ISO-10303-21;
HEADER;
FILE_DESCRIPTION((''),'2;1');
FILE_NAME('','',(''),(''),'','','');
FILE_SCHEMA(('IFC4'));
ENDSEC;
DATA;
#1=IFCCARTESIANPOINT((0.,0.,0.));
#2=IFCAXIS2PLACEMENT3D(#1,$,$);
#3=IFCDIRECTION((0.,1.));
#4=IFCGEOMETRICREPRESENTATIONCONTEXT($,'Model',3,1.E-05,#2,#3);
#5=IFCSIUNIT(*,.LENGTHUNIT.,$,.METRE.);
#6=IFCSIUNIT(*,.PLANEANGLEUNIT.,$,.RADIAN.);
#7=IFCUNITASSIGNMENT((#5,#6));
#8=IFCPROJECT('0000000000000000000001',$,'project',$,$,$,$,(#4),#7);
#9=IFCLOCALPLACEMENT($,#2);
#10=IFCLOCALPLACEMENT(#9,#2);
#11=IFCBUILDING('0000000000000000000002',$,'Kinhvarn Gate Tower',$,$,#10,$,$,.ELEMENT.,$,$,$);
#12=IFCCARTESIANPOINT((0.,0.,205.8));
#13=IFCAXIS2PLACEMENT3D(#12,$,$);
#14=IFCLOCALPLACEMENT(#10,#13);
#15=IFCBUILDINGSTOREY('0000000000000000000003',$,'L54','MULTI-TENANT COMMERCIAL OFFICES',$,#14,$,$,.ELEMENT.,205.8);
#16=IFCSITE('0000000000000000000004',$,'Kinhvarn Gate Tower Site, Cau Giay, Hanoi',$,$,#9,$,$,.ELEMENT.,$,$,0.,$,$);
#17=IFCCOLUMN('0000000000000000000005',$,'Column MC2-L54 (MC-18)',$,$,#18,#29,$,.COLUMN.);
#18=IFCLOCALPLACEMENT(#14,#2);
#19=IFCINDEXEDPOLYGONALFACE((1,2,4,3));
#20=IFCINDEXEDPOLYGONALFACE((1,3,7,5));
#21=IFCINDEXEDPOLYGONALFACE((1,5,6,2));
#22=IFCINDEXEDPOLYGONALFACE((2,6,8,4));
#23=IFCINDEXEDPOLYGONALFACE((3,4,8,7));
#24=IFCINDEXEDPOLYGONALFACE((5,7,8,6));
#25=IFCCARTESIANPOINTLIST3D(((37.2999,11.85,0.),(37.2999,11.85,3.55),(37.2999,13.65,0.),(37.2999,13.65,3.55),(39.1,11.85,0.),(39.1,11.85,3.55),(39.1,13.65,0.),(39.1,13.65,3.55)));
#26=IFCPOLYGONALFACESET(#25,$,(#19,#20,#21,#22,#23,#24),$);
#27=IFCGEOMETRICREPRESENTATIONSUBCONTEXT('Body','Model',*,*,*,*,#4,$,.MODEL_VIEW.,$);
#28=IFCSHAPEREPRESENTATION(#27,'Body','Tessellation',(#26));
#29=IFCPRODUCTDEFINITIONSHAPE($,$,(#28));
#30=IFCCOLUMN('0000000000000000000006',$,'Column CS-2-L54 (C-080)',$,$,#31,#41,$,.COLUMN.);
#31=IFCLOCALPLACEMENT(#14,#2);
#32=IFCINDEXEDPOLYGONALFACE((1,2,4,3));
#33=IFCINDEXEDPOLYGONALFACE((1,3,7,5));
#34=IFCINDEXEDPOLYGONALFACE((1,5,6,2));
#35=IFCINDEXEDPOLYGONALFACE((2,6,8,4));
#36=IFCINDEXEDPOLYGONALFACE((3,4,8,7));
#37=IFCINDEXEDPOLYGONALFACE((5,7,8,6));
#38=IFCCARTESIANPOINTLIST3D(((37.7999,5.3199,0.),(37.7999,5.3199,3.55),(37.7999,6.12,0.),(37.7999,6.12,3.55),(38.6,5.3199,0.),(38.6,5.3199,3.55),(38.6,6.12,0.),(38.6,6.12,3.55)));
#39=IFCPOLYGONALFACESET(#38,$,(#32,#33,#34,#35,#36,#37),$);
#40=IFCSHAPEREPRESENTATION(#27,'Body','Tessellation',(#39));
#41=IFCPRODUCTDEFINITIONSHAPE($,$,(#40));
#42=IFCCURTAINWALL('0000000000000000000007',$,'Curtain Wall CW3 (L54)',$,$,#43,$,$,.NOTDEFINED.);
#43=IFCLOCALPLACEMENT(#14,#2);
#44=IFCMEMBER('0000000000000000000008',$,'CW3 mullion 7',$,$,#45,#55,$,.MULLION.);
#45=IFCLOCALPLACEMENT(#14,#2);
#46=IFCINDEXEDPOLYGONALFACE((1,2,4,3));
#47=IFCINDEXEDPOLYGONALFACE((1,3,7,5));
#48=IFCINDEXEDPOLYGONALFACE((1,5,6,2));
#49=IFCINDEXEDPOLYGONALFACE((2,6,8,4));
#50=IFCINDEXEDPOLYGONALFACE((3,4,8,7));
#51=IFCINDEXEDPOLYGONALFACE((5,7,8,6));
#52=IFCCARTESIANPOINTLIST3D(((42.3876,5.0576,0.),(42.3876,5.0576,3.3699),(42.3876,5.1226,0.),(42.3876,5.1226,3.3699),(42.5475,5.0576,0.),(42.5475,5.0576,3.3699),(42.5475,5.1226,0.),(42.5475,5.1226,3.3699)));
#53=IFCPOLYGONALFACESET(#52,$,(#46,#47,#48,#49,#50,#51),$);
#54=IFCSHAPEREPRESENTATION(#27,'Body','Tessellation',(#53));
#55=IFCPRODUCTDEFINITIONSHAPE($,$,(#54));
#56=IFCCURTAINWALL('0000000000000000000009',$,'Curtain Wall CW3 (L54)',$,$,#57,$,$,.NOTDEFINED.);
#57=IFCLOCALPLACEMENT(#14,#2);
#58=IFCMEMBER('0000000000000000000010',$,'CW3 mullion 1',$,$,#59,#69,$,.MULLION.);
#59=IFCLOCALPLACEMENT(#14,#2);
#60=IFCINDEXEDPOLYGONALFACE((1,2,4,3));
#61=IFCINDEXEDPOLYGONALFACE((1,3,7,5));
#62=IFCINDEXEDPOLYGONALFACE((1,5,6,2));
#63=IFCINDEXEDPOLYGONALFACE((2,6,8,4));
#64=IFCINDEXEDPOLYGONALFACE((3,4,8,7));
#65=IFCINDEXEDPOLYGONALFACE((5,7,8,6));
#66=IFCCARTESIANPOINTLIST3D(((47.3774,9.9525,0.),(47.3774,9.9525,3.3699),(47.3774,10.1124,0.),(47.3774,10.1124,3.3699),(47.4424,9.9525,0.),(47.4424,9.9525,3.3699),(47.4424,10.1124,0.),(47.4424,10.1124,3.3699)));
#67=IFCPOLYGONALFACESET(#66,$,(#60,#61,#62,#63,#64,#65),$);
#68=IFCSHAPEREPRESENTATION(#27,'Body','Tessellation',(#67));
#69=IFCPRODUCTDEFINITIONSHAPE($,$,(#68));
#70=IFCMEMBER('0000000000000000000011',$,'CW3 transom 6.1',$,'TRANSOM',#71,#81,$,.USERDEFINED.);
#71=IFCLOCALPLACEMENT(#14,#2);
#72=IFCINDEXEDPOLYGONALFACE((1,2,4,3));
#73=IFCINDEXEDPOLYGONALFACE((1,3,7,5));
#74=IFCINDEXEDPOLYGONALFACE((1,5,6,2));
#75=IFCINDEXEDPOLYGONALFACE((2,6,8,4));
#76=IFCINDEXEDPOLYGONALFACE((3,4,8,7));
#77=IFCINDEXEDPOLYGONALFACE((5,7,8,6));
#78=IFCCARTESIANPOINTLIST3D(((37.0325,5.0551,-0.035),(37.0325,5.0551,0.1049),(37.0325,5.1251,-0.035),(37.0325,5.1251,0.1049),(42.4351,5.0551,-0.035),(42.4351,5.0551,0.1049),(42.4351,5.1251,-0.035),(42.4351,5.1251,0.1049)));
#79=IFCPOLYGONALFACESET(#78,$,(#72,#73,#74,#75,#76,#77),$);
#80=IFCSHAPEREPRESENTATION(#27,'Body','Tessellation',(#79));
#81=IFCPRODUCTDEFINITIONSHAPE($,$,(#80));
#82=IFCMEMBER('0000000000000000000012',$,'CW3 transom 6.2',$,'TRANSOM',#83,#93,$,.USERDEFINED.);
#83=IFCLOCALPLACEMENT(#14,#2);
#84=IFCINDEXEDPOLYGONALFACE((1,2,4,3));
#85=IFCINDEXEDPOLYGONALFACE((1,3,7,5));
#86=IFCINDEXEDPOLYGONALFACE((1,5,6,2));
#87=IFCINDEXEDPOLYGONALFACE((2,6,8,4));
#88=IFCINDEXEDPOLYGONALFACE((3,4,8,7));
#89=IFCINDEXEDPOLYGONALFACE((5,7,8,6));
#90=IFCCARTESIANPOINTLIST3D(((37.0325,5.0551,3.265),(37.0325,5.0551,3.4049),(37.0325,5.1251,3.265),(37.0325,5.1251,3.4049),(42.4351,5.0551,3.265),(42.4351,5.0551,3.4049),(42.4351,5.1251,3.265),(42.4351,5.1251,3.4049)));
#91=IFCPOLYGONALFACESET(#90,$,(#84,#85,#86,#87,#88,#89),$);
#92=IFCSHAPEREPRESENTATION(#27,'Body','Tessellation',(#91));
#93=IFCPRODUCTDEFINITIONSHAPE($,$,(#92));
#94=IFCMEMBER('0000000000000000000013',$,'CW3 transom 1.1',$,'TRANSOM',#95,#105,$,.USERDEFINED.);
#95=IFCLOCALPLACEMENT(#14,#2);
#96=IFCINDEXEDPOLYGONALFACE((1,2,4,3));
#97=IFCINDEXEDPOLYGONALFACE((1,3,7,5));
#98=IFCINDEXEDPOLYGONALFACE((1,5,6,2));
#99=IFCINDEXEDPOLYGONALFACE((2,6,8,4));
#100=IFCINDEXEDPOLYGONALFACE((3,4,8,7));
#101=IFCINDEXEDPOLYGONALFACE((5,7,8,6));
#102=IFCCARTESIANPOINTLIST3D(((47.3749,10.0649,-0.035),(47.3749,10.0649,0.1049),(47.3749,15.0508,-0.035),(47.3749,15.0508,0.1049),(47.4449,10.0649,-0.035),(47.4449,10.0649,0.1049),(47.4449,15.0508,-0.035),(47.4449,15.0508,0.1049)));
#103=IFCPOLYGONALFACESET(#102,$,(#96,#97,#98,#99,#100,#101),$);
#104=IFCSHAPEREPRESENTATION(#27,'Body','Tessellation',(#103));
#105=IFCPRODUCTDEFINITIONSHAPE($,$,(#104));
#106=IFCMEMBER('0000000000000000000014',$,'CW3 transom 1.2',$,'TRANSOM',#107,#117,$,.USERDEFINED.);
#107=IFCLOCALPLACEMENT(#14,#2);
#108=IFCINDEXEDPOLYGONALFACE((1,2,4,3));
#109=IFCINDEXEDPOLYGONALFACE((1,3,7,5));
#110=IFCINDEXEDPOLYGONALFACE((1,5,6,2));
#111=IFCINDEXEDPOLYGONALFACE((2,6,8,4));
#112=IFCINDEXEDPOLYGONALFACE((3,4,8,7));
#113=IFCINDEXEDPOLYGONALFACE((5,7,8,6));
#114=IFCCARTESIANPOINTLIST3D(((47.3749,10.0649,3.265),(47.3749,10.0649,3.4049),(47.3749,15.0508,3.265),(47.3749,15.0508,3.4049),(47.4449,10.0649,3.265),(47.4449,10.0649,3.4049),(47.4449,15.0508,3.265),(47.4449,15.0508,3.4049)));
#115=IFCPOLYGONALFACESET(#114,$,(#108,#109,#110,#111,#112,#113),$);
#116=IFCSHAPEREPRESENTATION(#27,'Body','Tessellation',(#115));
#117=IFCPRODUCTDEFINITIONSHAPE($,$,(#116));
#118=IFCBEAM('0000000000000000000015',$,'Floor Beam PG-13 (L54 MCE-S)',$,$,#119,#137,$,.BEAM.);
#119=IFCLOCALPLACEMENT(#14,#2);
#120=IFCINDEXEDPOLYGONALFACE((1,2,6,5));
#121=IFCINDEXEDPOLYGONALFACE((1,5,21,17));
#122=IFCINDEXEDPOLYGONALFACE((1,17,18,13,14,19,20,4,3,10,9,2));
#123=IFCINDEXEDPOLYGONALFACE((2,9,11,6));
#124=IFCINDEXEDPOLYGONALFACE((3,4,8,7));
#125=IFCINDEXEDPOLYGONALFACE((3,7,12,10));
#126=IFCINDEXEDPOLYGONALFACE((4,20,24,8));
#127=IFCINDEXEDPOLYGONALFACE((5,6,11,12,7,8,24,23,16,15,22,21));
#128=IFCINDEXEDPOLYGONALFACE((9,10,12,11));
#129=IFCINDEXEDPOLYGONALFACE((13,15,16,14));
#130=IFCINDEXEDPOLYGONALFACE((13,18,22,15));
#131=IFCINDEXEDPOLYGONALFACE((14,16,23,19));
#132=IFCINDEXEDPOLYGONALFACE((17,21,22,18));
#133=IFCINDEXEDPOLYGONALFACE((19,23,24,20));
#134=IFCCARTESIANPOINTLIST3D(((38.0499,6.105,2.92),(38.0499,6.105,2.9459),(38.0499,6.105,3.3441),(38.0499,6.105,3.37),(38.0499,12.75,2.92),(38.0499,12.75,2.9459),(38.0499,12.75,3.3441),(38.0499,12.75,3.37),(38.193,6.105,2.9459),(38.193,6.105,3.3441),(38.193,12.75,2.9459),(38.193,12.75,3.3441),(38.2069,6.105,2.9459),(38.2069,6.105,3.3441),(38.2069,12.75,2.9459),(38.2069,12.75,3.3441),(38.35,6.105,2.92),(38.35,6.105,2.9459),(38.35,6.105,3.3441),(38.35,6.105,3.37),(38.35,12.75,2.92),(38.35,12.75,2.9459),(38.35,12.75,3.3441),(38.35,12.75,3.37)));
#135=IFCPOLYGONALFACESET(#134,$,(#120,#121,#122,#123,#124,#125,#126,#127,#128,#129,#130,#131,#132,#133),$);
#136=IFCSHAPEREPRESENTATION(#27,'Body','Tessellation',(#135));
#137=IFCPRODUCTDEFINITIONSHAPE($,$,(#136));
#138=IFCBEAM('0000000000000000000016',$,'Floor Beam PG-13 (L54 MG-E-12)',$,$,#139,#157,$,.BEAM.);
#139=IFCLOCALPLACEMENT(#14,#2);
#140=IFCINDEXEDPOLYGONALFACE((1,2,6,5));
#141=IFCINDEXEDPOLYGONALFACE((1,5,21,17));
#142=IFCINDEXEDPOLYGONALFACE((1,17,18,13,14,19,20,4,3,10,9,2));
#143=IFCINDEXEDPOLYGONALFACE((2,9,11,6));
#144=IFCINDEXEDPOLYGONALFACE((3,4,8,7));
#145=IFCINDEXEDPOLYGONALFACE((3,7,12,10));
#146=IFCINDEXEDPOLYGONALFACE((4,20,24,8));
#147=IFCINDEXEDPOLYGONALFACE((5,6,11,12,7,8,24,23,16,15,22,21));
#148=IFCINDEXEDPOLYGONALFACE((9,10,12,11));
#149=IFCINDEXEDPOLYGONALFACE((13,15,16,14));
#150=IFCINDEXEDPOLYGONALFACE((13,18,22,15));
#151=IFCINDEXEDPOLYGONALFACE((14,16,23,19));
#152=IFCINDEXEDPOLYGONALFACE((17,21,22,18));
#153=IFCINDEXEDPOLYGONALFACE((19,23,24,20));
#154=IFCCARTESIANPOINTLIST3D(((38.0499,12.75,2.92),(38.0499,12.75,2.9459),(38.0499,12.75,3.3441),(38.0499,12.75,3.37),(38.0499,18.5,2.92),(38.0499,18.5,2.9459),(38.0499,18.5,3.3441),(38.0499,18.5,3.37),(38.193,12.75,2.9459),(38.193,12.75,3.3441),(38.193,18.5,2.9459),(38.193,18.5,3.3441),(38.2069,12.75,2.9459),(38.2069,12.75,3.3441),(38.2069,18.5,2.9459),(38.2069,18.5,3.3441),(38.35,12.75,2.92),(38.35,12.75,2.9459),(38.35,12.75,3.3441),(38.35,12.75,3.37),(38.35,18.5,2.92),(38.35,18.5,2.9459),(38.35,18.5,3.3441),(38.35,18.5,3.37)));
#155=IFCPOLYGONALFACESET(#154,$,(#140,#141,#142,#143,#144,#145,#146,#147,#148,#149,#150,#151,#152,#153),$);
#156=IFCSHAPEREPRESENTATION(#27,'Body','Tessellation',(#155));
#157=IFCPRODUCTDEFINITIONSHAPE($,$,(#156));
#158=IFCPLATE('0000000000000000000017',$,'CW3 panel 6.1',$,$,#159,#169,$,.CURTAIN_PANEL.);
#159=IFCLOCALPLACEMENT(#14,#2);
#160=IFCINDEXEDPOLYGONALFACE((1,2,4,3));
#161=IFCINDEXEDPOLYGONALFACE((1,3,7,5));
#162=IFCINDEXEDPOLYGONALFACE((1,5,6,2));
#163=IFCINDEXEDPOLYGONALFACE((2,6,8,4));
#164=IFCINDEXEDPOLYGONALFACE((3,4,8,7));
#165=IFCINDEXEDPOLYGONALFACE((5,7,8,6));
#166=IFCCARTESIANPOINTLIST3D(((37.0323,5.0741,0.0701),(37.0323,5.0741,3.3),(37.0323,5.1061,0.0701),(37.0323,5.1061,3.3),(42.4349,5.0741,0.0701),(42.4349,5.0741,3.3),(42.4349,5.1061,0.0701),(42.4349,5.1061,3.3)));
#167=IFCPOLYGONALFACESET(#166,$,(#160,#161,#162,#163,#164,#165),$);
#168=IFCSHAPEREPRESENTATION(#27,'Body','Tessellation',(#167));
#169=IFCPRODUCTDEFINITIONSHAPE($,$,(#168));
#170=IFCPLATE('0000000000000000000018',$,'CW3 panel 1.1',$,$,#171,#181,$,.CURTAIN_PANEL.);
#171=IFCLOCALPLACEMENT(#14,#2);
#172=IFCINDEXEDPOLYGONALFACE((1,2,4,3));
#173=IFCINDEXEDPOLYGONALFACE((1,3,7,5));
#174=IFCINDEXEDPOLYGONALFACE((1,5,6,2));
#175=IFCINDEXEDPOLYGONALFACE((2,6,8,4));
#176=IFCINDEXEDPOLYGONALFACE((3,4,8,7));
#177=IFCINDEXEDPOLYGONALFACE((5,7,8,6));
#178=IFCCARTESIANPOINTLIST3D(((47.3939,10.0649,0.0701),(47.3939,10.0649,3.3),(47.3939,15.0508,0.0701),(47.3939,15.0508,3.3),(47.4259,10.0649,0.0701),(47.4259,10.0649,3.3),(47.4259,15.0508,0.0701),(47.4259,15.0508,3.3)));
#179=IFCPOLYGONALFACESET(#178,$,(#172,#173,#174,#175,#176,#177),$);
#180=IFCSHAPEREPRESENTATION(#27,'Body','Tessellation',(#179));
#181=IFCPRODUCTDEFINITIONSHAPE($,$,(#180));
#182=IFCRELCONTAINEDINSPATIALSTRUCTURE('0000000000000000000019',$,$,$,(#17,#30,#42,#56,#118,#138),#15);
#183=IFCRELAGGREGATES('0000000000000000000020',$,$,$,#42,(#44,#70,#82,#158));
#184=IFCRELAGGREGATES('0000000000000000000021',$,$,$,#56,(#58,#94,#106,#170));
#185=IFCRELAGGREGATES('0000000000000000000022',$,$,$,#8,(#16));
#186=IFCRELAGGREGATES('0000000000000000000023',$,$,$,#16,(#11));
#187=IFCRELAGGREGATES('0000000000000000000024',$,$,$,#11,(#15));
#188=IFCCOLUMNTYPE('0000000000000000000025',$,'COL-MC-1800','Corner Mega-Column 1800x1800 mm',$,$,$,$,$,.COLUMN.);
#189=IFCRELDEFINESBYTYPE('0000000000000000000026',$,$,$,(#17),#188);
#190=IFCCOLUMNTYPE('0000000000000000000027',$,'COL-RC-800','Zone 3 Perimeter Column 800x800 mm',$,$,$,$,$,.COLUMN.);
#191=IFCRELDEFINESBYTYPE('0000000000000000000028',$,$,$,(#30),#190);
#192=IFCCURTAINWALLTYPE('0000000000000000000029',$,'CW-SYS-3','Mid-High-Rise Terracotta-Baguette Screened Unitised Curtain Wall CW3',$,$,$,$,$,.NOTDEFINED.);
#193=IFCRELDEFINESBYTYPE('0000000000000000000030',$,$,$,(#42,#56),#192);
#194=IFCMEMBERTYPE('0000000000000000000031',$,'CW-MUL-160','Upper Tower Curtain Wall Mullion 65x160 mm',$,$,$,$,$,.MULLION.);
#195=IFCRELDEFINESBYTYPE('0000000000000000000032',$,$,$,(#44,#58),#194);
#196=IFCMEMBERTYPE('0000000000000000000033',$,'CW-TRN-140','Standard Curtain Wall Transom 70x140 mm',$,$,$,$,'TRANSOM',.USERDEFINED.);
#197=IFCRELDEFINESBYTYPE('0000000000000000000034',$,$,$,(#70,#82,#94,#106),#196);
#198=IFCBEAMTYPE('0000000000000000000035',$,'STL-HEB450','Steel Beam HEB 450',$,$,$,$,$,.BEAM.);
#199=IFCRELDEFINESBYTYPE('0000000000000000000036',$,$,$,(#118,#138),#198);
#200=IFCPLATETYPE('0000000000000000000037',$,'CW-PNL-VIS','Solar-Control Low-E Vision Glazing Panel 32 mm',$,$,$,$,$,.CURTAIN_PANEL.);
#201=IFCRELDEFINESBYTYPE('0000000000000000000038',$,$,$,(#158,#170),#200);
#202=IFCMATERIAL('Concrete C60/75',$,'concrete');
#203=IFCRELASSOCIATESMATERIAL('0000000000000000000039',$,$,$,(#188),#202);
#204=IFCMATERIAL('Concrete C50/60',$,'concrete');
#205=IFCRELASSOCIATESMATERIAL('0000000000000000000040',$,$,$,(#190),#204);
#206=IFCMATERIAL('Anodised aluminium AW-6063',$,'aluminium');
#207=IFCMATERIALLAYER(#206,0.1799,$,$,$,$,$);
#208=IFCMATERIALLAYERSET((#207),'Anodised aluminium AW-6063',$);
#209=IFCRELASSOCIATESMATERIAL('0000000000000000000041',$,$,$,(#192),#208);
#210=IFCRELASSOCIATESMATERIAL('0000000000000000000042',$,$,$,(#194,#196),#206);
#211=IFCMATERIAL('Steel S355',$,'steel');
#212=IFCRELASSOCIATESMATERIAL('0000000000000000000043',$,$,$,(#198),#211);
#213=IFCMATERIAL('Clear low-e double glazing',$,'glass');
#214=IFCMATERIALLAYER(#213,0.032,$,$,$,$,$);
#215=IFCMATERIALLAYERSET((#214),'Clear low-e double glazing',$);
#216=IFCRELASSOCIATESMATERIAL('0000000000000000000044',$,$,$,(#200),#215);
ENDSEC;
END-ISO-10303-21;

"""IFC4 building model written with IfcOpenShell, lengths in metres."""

from ifc_helpers import new_model, si_unit, direction, frame, origin, origin_2d, place, context, subcontext, project, spatial, rectangle, i_section, extrude, material, layer, layer_set, material_profile, profile_set, type_object, element, aggregate, save


model = new_model("IFC4")

# Units and contexts
model_context = context("Model", 3, precision=1e-05, world=origin(), true_north=direction((0.0, 1.0)))
body_context = subcontext(model_context, "Body", "Model", "MODEL_VIEW")
ifc_project = project(units=[si_unit("LENGTHUNIT", "METRE"), si_unit("PLANEANGLEUNIT", "RADIAN")], contexts=[model_context])

# Site, building, storey
site_placement = place(None, origin())
site = spatial("IfcSite", under=ifc_project, at=site_placement, Name="Kinhvarn Gate Tower Site, Cau Giay, Hanoi", CompositionType="ELEMENT", RefElevation=0.0)
building_placement = place(site_placement, origin())
building = spatial("IfcBuilding", under=site, at=building_placement, Name="Kinhvarn Gate Tower", CompositionType="ELEMENT")
storey_placement = place(building_placement, frame((0.0, 0.0, 205.8)))
storey = spatial("IfcBuildingStorey", under=building, at=storey_placement, Name="L54", Description="MULTI-TENANT COMMERCIAL OFFICES", CompositionType="ELEMENT", Elevation=205.8)

# Columns
ifc_material_1 = material(Name="Concrete C60/75", Category="concrete")
ifc_material_profile_1 = material_profile(ifc_material_1, rectangle(XDim=1.8, YDim=1.8, at=origin_2d()), Name="RC 1800x1800")
ifc_profile_set_1 = profile_set([ifc_material_profile_1], Name="Concrete C60/75")
column_type_1 = type_object("IfcColumnType", Name="COL-MC-1800", Description="Corner Mega-Column 1800x1800 mm", PredefinedType="COLUMN", material=ifc_profile_set_1)
column_1_placement = place(storey_placement, frame((38.2, 12.75, 0.0), z_axis=(0.0, 0.0, 1.0), x_axis=(1.0, 0.0, 0.0)))
element("IfcColumn", 1, at=column_1_placement, inside=storey, type_object=column_type_1, Name="Column MC2-L54 (MC-18)", PredefinedType="COLUMN", context=body_context, shape_type="SweptSolid", body=[
    extrude(rectangle(XDim=1.8, YDim=1.8, at=origin_2d()), origin(), (0.0, 0.0, 1.0), 3.55),
])
ifc_material_2 = material(Name="Concrete C50/60", Category="concrete")
ifc_material_profile_2 = material_profile(ifc_material_2, rectangle(XDim=0.8, YDim=0.8, at=origin_2d()), Name="RC 800x800")
ifc_profile_set_2 = profile_set([ifc_material_profile_2], Name="Concrete C50/60")
column_type_2 = type_object("IfcColumnType", Name="COL-RC-800", Description="Zone 3 Perimeter Column 800x800 mm", PredefinedType="COLUMN", material=ifc_profile_set_2)
column_2_placement = place(storey_placement, frame((38.2, 5.72, 0.0), z_axis=(0.0, 0.0, 1.0), x_axis=(1.0, 0.0, 0.0)))
element("IfcColumn", 2, at=column_2_placement, inside=storey, type_object=column_type_2, Name="Column CS-2-L54 (C-080)", PredefinedType="COLUMN", context=body_context, shape_type="SweptSolid", body=[
    extrude(rectangle(XDim=0.8, YDim=0.8, at=origin_2d()), origin(), (0.0, 0.0, 1.0), 3.55),
])

# Curtain walls, members
ifc_material_3 = material(Name="Anodised aluminium AW-6063", Category="aluminium")
ifc_layer_1 = layer(ifc_material_3, 0.1799)
ifc_layer_set_1 = layer_set([ifc_layer_1], Name="Anodised aluminium AW-6063")
curtain_wall_type = type_object("IfcCurtainWallType", Name="CW-SYS-3", Description="Mid-High-Rise Terracotta-Baguette Screened Unitised Curtain Wall CW3", PredefinedType="NOTDEFINED", material=ifc_layer_set_1)
curtain_wall_1_placement = place(storey_placement, origin())
curtain_wall_1 = element("IfcCurtainWall", 3, at=curtain_wall_1_placement, inside=storey, type_object=curtain_wall_type, Name="Curtain Wall CW3 (L54)", PredefinedType="NOTDEFINED")
ifc_material_profile_3 = material_profile(ifc_material_3, rectangle(XDim=0.0649, YDim=0.1599, at=origin_2d()), Name="ALU 65x160")
ifc_profile_set_3 = profile_set([ifc_material_profile_3], Name="Anodised aluminium AW-6063")
member_type_1 = type_object("IfcMemberType", Name="CW-MUL-160", Description="Upper Tower Curtain Wall Mullion 65x160 mm", PredefinedType="MULLION", material=ifc_profile_set_3)
member_1_placement = place(storey_placement, frame((42.4675, 5.0901, 0.0), z_axis=(0.0, 0.0, 1.0), x_axis=(0.0, 1.0, 0.0)))
member_1 = element("IfcMember", 4, at=member_1_placement, type_object=member_type_1, Name="CW3 mullion 7", PredefinedType="MULLION", context=body_context, shape_type="SweptSolid", body=[
    extrude(rectangle(XDim=0.0649, YDim=0.1599, at=origin_2d()), origin(), (0.0, 0.0, 1.0), 3.3699),
])
curtain_wall_2_placement = place(storey_placement, origin())
curtain_wall_2 = element("IfcCurtainWall", 5, at=curtain_wall_2_placement, inside=storey, type_object=curtain_wall_type, Name="Curtain Wall CW3 (L54)", PredefinedType="NOTDEFINED")
member_2_placement = place(storey_placement, frame((47.4099, 10.0325, 0.0), z_axis=(0.0, 0.0, 1.0), x_axis=(-1.0, 0.0, 0.0)))
member_2 = element("IfcMember", 6, at=member_2_placement, type_object=member_type_1, Name="CW3 mullion 1", PredefinedType="MULLION", context=body_context, shape_type="SweptSolid", body=[
    extrude(rectangle(XDim=0.0649, YDim=0.1599, at=origin_2d()), origin(), (0.0, 0.0, 1.0), 3.3699),
])

# Members
ifc_material_profile_4 = material_profile(ifc_material_3, rectangle(XDim=0.0701, YDim=0.1399, at=origin_2d()), Name="ALU 70x140")
ifc_profile_set_4 = profile_set([ifc_material_profile_4], Name="Anodised aluminium AW-6063")
member_type_2 = type_object("IfcMemberType", Name="CW-TRN-140", Description="Standard Curtain Wall Transom 70x140 mm", ElementType="TRANSOM", PredefinedType="USERDEFINED", material=ifc_profile_set_4)
member_3_placement = place(storey_placement, frame((37.0325, 5.0901, 0.0349), z_axis=(1.0, 0.0, 0.0), x_axis=(0.0, 1.0, 0.0)))
member_3 = element("IfcMember", 7, at=member_3_placement, type_object=member_type_2, Name="CW3 transom 6.1", ObjectType="TRANSOM", PredefinedType="USERDEFINED", context=body_context, shape_type="SweptSolid", body=[
    extrude(rectangle(XDim=0.0701, YDim=0.1399, at=origin_2d()), origin(), (0.0, 0.0, 1.0), 5.4026),
])
member_4_placement = place(storey_placement, frame((37.0325, 5.0901, 3.335), z_axis=(1.0, 0.0, 0.0), x_axis=(0.0, 1.0, 0.0)))
member_4 = element("IfcMember", 8, at=member_4_placement, type_object=member_type_2, Name="CW3 transom 6.2", ObjectType="TRANSOM", PredefinedType="USERDEFINED", context=body_context, shape_type="SweptSolid", body=[
    extrude(rectangle(XDim=0.0701, YDim=0.1399, at=origin_2d()), origin(), (0.0, 0.0, 1.0), 5.4026),
])
member_5_placement = place(storey_placement, frame((47.4099, 10.0649, 0.0349), z_axis=(0.0, 1.0, 0.0), x_axis=(-1.0, 0.0, 0.0)))
member_5 = element("IfcMember", 9, at=member_5_placement, type_object=member_type_2, Name="CW3 transom 1.1", ObjectType="TRANSOM", PredefinedType="USERDEFINED", context=body_context, shape_type="SweptSolid", body=[
    extrude(rectangle(XDim=0.0701, YDim=0.1399, at=origin_2d()), origin(), (0.0, 0.0, 1.0), 4.9858),
])
member_6_placement = place(storey_placement, frame((47.4099, 10.0649, 3.335), z_axis=(0.0, 1.0, 0.0), x_axis=(-1.0, 0.0, 0.0)))
member_6 = element("IfcMember", 10, at=member_6_placement, type_object=member_type_2, Name="CW3 transom 1.2", ObjectType="TRANSOM", PredefinedType="USERDEFINED", context=body_context, shape_type="SweptSolid", body=[
    extrude(rectangle(XDim=0.0701, YDim=0.1399, at=origin_2d()), origin(), (0.0, 0.0, 1.0), 4.9858),
])

# Beams
ifc_material_4 = material(Name="Steel S355", Category="steel")
ifc_material_profile_5 = material_profile(ifc_material_4, i_section(OverallWidth=0.3, OverallDepth=0.45, WebThickness=0.0139, FlangeThickness=0.0259, at=origin_2d()), Name="HEB 450")
ifc_profile_set_5 = profile_set([ifc_material_profile_5], Name="Steel S355")
beam_type = type_object("IfcBeamType", Name="STL-HEB450", Description="Steel Beam HEB 450", PredefinedType="BEAM", material=ifc_profile_set_5)
beam_1_placement = place(storey_placement, frame((38.2, 6.105, 3.145), z_axis=(0.0, 1.0, 0.0), x_axis=(-1.0, 0.0, 0.0)))
element("IfcBeam", 11, at=beam_1_placement, inside=storey, type_object=beam_type, Name="Floor Beam PG-13 (L54 MCE-S)", PredefinedType="BEAM", context=body_context, shape_type="SweptSolid", body=[
    extrude(i_section(OverallWidth=0.3, OverallDepth=0.45, WebThickness=0.0139, FlangeThickness=0.0259, at=origin_2d()), origin(), (0.0, 0.0, 1.0), 6.645),
])
beam_2_placement = place(storey_placement, frame((38.2, 12.75, 3.145), z_axis=(0.0, 1.0, 0.0), x_axis=(-1.0, 0.0, 0.0)))
element("IfcBeam", 12, at=beam_2_placement, inside=storey, type_object=beam_type, Name="Floor Beam PG-13 (L54 MG-E-12)", PredefinedType="BEAM", context=body_context, shape_type="SweptSolid", body=[
    extrude(i_section(OverallWidth=0.3, OverallDepth=0.45, WebThickness=0.0139, FlangeThickness=0.0259, at=origin_2d()), origin(), (0.0, 0.0, 1.0), 5.75),
])

# Plates
ifc_material_5 = material(Name="Clear low-e double glazing", Category="glass")
ifc_layer_2 = layer(ifc_material_5, 0.032)
ifc_layer_set_2 = layer_set([ifc_layer_2], Name="Clear low-e double glazing")
plate_type = type_object("IfcPlateType", Name="CW-PNL-VIS", Description="Solar-Control Low-E Vision Glazing Panel 32 mm", PredefinedType="CURTAIN_PANEL", material=ifc_layer_set_2)
plate_1_placement = place(storey_placement, frame((39.7336, 5.0901, 0.0701), z_axis=(0.0, 0.0, 1.0), x_axis=(1.0, 0.0, 0.0)))
plate_1 = element("IfcPlate", 13, at=plate_1_placement, type_object=plate_type, Name="CW3 panel 6.1", PredefinedType="CURTAIN_PANEL", context=body_context, shape_type="SweptSolid", body=[
    extrude(rectangle(XDim=5.4026, YDim=0.032, at=origin_2d()), origin(), (0.0, 0.0, 1.0), 3.23),
])
aggregate(curtain_wall_1, [member_1, member_3, member_4, plate_1])
plate_2_placement = place(storey_placement, frame((47.4099, 12.5579, 0.0701), z_axis=(0.0, 0.0, 1.0), x_axis=(0.0, 1.0, 0.0)))
plate_2 = element("IfcPlate", 14, at=plate_2_placement, type_object=plate_type, Name="CW3 panel 1.1", PredefinedType="CURTAIN_PANEL", context=body_context, shape_type="SweptSolid", body=[
    extrude(rectangle(XDim=4.9858, YDim=0.032, at=origin_2d()), origin(), (0.0, 0.0, 1.0), 3.23),
])
aggregate(curtain_wall_2, [member_2, member_5, member_6, plate_2])

save(model, "model.ifc")
